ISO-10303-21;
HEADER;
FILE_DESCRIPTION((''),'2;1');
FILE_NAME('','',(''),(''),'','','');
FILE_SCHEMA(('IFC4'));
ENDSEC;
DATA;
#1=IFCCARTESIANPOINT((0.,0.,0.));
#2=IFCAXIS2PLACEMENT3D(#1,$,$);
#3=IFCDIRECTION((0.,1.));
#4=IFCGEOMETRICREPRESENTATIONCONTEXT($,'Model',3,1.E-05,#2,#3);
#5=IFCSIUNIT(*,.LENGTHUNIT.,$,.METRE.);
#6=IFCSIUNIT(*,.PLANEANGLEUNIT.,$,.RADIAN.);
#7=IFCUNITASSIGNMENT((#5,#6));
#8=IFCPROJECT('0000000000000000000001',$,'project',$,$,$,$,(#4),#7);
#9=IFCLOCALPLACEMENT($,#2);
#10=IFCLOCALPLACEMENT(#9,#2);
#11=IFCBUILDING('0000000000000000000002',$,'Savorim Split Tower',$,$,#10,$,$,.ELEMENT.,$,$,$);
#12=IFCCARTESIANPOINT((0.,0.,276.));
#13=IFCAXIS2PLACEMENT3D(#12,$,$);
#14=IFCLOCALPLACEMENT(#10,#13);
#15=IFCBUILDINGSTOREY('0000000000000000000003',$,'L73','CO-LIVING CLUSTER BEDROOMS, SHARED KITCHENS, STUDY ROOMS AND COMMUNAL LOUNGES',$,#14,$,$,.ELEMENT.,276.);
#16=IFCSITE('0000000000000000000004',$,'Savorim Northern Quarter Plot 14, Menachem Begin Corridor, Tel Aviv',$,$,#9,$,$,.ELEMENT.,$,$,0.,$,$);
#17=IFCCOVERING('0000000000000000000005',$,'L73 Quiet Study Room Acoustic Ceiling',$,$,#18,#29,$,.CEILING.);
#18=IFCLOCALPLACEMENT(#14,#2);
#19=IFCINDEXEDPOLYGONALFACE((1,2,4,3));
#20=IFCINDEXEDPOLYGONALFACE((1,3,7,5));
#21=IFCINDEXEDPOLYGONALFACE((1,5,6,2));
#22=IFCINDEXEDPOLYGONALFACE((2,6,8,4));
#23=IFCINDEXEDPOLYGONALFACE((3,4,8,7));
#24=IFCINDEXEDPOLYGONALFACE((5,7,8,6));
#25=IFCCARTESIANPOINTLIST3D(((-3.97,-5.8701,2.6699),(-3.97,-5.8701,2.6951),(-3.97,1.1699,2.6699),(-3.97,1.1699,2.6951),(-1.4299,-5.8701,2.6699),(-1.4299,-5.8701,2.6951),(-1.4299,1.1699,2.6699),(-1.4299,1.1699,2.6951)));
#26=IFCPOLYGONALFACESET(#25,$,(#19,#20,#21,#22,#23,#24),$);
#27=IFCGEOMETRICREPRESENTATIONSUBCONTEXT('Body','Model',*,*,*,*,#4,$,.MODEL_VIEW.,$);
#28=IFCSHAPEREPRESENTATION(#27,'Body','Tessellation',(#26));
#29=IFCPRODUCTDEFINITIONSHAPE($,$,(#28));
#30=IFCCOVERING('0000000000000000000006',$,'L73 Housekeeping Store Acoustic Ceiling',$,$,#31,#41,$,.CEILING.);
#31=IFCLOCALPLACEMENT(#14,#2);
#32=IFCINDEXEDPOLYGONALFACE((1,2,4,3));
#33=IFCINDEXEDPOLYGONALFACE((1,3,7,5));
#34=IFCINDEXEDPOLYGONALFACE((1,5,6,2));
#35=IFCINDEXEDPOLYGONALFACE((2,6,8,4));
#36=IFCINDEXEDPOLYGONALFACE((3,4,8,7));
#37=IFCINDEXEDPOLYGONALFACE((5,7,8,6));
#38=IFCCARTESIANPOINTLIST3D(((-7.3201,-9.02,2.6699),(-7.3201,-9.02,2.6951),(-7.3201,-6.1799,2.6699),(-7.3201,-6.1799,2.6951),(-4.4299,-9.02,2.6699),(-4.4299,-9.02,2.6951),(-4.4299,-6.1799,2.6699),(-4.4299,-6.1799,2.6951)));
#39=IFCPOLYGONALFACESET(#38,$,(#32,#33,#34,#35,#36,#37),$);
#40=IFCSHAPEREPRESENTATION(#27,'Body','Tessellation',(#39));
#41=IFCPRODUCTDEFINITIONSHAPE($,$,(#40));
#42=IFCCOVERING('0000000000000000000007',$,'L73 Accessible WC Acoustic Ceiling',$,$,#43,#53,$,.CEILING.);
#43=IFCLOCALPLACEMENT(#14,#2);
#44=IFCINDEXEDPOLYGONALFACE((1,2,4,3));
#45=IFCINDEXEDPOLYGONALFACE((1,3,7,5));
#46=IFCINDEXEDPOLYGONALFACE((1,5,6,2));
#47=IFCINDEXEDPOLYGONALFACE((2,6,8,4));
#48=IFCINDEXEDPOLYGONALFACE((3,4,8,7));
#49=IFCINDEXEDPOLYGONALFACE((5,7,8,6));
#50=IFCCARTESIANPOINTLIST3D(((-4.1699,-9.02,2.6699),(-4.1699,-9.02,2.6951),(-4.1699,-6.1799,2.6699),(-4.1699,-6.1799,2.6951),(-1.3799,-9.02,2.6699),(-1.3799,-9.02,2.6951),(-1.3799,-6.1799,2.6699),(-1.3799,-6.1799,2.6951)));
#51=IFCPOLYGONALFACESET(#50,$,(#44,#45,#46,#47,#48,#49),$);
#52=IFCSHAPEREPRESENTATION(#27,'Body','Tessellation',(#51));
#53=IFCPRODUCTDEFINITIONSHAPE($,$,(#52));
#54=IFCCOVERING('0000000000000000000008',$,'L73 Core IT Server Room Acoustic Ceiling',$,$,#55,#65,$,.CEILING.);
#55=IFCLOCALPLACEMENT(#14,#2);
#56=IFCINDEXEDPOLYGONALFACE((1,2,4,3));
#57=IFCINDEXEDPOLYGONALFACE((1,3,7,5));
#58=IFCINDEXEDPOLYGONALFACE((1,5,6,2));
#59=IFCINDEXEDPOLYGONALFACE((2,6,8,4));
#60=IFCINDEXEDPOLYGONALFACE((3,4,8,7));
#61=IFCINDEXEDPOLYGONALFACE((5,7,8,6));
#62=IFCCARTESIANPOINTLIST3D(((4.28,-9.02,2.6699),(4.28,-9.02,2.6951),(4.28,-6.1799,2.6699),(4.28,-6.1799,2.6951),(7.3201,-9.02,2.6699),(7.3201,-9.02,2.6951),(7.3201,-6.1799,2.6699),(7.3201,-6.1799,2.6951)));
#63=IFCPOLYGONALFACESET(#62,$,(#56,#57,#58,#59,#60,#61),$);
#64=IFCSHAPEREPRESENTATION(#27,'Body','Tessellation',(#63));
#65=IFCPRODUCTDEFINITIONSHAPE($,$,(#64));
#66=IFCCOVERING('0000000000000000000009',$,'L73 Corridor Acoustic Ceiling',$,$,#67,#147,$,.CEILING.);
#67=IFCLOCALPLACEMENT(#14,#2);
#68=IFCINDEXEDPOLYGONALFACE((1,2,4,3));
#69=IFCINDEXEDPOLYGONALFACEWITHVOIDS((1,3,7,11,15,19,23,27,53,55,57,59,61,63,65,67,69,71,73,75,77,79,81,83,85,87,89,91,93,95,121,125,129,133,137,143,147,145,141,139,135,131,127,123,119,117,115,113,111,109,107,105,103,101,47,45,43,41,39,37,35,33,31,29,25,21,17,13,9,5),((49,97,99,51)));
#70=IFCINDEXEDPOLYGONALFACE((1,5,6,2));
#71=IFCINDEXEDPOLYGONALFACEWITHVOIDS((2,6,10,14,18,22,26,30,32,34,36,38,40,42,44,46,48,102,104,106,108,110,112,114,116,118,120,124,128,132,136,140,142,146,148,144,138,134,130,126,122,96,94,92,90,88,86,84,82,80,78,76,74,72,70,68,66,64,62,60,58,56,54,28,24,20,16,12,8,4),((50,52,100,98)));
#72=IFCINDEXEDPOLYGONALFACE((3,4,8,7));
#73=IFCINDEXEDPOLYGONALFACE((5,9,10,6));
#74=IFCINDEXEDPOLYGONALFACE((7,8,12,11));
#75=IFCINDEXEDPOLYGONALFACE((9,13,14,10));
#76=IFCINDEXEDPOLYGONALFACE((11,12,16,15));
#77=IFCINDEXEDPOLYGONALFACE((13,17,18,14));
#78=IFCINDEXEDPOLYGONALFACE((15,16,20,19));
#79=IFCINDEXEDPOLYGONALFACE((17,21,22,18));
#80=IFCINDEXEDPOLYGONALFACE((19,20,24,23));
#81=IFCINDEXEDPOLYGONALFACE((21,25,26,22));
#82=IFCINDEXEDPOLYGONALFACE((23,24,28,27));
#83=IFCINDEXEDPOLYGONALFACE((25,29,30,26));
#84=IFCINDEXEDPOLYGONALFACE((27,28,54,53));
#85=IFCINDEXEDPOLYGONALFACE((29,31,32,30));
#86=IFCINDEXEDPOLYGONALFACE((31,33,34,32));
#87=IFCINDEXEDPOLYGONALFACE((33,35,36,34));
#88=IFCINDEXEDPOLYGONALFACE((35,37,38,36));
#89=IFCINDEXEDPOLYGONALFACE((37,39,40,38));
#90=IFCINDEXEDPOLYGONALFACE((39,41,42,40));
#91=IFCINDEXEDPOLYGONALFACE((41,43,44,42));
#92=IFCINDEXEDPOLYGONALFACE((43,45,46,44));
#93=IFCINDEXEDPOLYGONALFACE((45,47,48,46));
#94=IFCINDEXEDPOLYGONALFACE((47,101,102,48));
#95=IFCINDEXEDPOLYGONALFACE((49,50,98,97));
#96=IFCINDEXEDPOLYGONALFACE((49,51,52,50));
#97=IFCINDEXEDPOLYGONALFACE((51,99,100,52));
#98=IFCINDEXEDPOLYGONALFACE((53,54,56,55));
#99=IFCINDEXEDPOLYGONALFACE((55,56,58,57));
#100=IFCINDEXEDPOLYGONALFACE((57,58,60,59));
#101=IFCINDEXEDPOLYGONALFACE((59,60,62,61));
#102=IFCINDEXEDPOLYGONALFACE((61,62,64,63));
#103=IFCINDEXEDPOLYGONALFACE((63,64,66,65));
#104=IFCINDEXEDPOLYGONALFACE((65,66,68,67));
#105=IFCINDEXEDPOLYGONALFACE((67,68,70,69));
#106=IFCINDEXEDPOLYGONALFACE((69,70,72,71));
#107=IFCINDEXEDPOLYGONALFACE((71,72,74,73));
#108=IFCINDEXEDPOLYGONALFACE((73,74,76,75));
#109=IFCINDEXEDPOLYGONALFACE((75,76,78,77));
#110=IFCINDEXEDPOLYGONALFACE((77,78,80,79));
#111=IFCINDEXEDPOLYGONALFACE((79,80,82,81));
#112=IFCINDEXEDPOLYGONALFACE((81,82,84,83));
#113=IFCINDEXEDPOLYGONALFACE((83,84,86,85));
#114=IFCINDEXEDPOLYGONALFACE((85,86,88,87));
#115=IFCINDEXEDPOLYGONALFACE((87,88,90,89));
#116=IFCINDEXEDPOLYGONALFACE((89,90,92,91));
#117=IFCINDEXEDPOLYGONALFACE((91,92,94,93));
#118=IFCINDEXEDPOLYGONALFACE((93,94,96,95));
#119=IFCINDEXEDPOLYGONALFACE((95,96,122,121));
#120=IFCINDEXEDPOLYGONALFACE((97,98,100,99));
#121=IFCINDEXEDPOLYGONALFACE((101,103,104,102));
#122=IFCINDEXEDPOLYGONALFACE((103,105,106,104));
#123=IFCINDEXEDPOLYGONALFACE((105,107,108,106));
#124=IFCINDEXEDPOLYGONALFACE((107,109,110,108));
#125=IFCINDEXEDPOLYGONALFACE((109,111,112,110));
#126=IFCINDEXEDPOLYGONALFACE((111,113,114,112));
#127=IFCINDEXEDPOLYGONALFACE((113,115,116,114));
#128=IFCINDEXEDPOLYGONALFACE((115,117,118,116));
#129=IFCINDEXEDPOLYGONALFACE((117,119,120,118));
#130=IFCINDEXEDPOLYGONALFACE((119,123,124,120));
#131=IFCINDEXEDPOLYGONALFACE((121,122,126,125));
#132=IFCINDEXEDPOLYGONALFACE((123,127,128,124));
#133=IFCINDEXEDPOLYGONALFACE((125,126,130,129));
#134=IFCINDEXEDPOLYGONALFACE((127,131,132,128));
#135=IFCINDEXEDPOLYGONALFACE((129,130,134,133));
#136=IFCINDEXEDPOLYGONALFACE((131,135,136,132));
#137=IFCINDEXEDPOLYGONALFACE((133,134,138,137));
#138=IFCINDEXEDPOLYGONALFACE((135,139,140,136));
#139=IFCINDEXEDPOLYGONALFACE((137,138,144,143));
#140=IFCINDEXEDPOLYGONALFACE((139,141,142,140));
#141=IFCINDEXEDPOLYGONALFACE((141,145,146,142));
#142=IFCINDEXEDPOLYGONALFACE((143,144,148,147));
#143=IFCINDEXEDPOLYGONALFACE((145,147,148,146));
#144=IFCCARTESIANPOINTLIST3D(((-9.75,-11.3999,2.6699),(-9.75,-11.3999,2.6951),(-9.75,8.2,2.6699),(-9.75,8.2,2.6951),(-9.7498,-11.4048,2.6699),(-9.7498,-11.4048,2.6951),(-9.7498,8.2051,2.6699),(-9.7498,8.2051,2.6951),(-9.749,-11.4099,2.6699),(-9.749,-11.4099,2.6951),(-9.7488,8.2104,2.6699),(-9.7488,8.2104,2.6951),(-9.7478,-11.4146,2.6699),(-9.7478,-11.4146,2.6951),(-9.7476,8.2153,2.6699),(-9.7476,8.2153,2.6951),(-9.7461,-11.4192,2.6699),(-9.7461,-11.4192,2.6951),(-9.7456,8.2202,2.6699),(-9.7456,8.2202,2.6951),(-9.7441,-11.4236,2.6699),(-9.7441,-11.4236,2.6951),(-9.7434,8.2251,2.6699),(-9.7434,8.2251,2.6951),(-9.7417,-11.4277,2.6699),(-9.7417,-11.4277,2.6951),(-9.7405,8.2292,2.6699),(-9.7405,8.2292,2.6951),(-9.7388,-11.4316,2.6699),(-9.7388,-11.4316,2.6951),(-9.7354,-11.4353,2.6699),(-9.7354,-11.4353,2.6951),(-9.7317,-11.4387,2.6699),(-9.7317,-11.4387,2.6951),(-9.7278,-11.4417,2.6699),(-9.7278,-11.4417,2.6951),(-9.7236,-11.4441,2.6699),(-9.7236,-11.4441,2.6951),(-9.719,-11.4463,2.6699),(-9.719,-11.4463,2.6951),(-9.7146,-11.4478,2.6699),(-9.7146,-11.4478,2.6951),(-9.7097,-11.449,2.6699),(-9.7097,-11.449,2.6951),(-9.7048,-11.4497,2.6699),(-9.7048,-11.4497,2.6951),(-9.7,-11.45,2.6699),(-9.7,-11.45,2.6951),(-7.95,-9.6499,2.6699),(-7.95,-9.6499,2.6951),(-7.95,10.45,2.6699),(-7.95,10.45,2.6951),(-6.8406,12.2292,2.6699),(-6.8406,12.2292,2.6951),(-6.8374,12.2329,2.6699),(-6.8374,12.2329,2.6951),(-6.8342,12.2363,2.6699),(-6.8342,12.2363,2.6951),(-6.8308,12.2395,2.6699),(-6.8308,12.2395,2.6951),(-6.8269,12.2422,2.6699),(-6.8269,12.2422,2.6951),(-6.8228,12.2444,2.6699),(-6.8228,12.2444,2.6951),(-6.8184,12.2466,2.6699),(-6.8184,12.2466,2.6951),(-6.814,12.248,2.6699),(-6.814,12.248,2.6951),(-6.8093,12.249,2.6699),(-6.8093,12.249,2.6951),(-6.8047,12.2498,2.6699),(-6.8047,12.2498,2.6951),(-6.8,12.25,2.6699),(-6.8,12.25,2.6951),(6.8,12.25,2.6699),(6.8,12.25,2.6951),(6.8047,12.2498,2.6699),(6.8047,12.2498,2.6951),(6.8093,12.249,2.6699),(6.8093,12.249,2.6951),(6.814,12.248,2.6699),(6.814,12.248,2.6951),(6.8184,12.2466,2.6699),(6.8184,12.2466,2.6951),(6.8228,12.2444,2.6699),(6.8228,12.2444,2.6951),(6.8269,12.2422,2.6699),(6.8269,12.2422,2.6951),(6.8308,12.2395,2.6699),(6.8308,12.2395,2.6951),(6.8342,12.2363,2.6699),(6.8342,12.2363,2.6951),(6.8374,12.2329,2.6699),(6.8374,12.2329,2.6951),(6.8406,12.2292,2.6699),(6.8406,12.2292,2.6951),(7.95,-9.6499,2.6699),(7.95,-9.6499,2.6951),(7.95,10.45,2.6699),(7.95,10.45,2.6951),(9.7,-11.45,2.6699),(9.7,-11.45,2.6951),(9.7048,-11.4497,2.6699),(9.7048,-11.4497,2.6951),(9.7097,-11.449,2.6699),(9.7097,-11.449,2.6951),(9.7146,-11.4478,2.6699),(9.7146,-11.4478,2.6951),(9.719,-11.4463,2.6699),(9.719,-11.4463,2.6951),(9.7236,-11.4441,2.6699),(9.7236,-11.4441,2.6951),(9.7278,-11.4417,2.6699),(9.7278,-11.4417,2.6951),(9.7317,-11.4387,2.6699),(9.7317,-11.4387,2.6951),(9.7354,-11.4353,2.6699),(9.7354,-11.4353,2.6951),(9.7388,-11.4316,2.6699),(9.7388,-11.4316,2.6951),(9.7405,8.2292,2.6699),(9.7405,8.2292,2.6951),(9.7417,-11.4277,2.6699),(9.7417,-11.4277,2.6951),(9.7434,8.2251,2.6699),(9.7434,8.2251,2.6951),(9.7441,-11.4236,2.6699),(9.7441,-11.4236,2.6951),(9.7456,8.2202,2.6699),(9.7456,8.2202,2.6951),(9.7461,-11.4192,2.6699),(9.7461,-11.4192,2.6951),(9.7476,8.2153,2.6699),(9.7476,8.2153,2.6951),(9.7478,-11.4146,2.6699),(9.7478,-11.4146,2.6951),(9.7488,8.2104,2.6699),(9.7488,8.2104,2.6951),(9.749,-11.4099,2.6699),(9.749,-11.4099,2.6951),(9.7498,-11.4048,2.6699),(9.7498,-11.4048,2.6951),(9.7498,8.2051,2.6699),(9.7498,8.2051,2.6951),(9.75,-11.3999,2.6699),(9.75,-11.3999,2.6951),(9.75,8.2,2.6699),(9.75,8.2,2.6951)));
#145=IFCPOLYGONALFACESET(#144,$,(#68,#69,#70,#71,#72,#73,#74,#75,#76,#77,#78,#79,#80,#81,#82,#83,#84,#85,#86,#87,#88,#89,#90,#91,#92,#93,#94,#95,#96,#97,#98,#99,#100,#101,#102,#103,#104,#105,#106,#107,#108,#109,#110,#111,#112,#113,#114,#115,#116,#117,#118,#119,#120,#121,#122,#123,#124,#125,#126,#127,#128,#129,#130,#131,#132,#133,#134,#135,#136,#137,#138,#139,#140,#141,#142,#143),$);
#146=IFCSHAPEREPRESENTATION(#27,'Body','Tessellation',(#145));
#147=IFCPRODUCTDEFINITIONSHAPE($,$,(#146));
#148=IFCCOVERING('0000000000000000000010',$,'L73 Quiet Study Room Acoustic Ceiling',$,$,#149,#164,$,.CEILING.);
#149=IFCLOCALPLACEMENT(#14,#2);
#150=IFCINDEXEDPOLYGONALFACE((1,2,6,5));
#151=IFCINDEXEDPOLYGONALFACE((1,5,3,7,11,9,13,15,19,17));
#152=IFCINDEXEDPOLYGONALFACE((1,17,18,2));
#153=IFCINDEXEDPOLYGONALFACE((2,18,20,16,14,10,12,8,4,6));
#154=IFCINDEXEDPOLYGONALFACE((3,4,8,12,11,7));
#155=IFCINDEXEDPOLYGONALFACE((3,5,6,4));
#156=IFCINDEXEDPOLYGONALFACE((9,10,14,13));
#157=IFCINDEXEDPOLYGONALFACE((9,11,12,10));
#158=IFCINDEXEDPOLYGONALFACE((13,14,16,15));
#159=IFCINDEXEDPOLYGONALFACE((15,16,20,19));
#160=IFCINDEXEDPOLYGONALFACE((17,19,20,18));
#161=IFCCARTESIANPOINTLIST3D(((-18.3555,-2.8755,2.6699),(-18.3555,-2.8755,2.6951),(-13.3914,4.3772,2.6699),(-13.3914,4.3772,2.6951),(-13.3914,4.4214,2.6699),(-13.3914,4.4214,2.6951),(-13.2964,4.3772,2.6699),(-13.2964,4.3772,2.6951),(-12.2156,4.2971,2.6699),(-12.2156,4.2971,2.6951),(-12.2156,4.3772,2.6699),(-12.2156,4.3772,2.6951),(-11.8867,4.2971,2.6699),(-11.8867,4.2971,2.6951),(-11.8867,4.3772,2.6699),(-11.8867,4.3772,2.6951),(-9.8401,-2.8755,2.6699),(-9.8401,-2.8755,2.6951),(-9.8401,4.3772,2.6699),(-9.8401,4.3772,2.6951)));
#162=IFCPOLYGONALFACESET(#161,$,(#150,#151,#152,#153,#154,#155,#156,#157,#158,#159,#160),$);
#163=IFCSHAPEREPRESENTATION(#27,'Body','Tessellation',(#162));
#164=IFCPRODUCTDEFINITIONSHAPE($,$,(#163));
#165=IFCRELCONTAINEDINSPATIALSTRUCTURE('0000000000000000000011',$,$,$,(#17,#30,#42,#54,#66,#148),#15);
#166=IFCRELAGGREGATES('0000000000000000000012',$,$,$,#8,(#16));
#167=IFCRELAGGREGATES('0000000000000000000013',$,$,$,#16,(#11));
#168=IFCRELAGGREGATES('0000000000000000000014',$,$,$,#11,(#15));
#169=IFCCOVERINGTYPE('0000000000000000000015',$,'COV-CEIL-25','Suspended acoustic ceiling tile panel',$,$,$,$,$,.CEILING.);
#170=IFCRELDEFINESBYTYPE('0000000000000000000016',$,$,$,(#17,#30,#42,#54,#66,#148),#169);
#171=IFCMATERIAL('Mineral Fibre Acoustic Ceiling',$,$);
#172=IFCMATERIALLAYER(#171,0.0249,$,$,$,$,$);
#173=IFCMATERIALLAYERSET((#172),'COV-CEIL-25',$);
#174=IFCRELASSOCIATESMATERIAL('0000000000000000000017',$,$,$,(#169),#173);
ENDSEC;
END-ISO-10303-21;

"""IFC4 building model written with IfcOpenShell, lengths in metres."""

from ifc_helpers import new_model, si_unit, direction, frame, origin, place, context, subcontext, project, spatial, polyline, outline, extrude, material, layer, layer_set, type_object, element, save


model = new_model("IFC4")

# Units and contexts
model_context = context("Model", 3, precision=1e-05, world=origin(), true_north=direction((0.0, 1.0)))
body_context = subcontext(model_context, "Body", "Model", "MODEL_VIEW")
ifc_project = project(units=[si_unit("LENGTHUNIT", "METRE"), si_unit("PLANEANGLEUNIT", "RADIAN")], contexts=[model_context])

# Site, building, storey
site_placement = place(None, origin())
site = spatial("IfcSite", under=ifc_project, at=site_placement, Name="Savorim Northern Quarter Plot 14, Menachem Begin Corridor, Tel Aviv", CompositionType="ELEMENT", RefElevation=0.0)
building_placement = place(site_placement, origin())
building = spatial("IfcBuilding", under=site, at=building_placement, Name="Savorim Split Tower", CompositionType="ELEMENT")
storey_placement = place(building_placement, frame((0.0, 0.0, 276.0)))
storey = spatial("IfcBuildingStorey", under=building, at=storey_placement, Name="L73", Description="CO-LIVING CLUSTER BEDROOMS, SHARED KITCHENS, STUDY ROOMS AND COMMUNAL LOUNGES", CompositionType="ELEMENT", Elevation=276.0)

# Coverings
ifc_material_1 = material(Name="Mineral Fibre Acoustic Ceiling")
ifc_layer_1 = layer(ifc_material_1, 0.0249)
ifc_layer_set_1 = layer_set([ifc_layer_1], Name="COV-CEIL-25")
covering_type_1 = type_object("IfcCoveringType", Name="COV-CEIL-25", Description="Suspended acoustic ceiling tile panel", PredefinedType="CEILING", material=ifc_layer_set_1)
covering_1_placement = place(storey_placement, frame((0.0, 0.0, 2.6699)))
element("IfcCovering", 1, at=covering_1_placement, inside=storey, type_object=covering_type_1, Name="L73 Quiet Study Room Acoustic Ceiling", PredefinedType="CEILING", context=body_context, shape_type="SweptSolid", body=[
    extrude(outline(polyline([(-3.97, 1.1699), (-3.97, -5.8701), (-1.4299, -5.8701), (-1.4299, 1.1699), (-3.97, 1.1699)])), origin(), (0.0, 0.0, 1.0), 0.0251),
])
covering_2_placement = place(storey_placement, frame((0.0, 0.0, 2.6699)))
element("IfcCovering", 2, at=covering_2_placement, inside=storey, type_object=covering_type_1, Name="L73 Housekeeping Store Acoustic Ceiling", PredefinedType="CEILING", context=body_context, shape_type="SweptSolid", body=[
    extrude(outline(polyline([(-7.3201, -6.1799), (-7.3201, -9.02), (-4.4299, -9.02), (-4.4299, -6.1799), (-7.3201, -6.1799)])), origin(), (0.0, 0.0, 1.0), 0.0251),
])
covering_3_placement = place(storey_placement, frame((0.0, 0.0, 2.6699)))
element("IfcCovering", 3, at=covering_3_placement, inside=storey, type_object=covering_type_1, Name="L73 Accessible WC Acoustic Ceiling", PredefinedType="CEILING", context=body_context, shape_type="SweptSolid", body=[
    extrude(outline(polyline([(-4.1699, -6.1799), (-4.1699, -9.02), (-1.3799, -9.02), (-1.3799, -6.1799), (-4.1699, -6.1799)])), origin(), (0.0, 0.0, 1.0), 0.0251),
])
covering_4_placement = place(storey_placement, frame((0.0, 0.0, 2.6699)))
element("IfcCovering", 4, at=covering_4_placement, inside=storey, type_object=covering_type_1, Name="L73 Core IT Server Room Acoustic Ceiling", PredefinedType="CEILING", context=body_context, shape_type="SweptSolid", body=[
    extrude(outline(polyline([(4.28, -6.1799), (4.28, -9.02), (7.3201, -9.02), (7.3201, -6.1799), (4.28, -6.1799)])), origin(), (0.0, 0.0, 1.0), 0.0251),
])
covering_5_placement = place(storey_placement, frame((0.0, 0.0, 2.6699)))
element("IfcCovering", 5, at=covering_5_placement, inside=storey, type_object=covering_type_1, Name="L73 Corridor Acoustic Ceiling", PredefinedType="CEILING", context=body_context, shape_type="SweptSolid", body=[
    extrude(outline(polyline([(6.8093, 12.249), (6.8047, 12.2498), (6.8, 12.25), (-6.8, 12.25), (-6.8047, 12.2498), (-6.8093, 12.249), (-6.814, 12.248), (-6.8184, 12.2466), (-6.8228, 12.2444), (-6.8269, 12.2422), (-6.8308, 12.2395), (-6.8342, 12.2363), (-6.8374, 12.2329), (-6.8406, 12.2292), (-9.7405, 8.2292), (-9.7434, 8.2251), (-9.7456, 8.2202), (-9.7476, 8.2153), (-9.7488, 8.2104), (-9.7498, 8.2051), (-9.75, 8.2), (-9.75, -11.3999), (-9.7498, -11.4048), (-9.749, -11.4099), (-9.7478, -11.4146), (-9.7461, -11.4192), (-9.7441, -11.4236), (-9.7417, -11.4277), (-9.7388, -11.4316), (-9.7354, -11.4353), (-9.7317, -11.4387), (-9.7278, -11.4417), (-9.7236, -11.4441), (-9.719, -11.4463), (-9.7146, -11.4478), (-9.7097, -11.449), (-9.7048, -11.4497), (-9.7, -11.45), (9.7, -11.45), (9.7048, -11.4497), (9.7097, -11.449), (9.7146, -11.4478), (9.719, -11.4463), (9.7236, -11.4441), (9.7278, -11.4417), (9.7317, -11.4387), (9.7354, -11.4353), (9.7388, -11.4316), (9.7417, -11.4277), (9.7441, -11.4236), (9.7461, -11.4192), (9.7478, -11.4146), (9.749, -11.4099), (9.7498, -11.4048), (9.75, -11.3999), (9.75, 8.2), (9.7498, 8.2051), (9.7488, 8.2104), (9.7476, 8.2153), (9.7456, 8.2202), (9.7434, 8.2251), (9.7405, 8.2292), (6.8406, 12.2292), (6.8374, 12.2329), (6.8342, 12.2363), (6.8308, 12.2395), (6.8269, 12.2422), (6.8228, 12.2444), (6.8184, 12.2466), (6.814, 12.248), (6.8093, 12.249)]), holes=[polyline([(-7.95, 10.45), (-7.95, -9.6499), (7.95, -9.6499), (7.95, 10.45), (-7.95, 10.45)])]), origin(), (0.0, 0.0, 1.0), 0.0251),
])
covering_6_placement = place(storey_placement, frame((0.0, 0.0, 2.6699)))
element("IfcCovering", 6, at=covering_6_placement, inside=storey, type_object=covering_type_1, Name="L73 Quiet Study Room Acoustic Ceiling", PredefinedType="CEILING", context=body_context, shape_type="SweptSolid", body=[
    extrude(outline(polyline([(-13.2964, 4.3772), (-13.3914, 4.3772), (-13.3914, 4.4214), (-18.3555, -2.8755), (-9.8401, -2.8755), (-9.8401, 4.3772), (-11.8867, 4.3772), (-11.8867, 4.2971), (-12.2156, 4.2971), (-12.2156, 4.3772), (-13.2964, 4.3772)])), origin(), (0.0, 0.0, 1.0), 0.0251),
])

save(model, "model.ifc")
